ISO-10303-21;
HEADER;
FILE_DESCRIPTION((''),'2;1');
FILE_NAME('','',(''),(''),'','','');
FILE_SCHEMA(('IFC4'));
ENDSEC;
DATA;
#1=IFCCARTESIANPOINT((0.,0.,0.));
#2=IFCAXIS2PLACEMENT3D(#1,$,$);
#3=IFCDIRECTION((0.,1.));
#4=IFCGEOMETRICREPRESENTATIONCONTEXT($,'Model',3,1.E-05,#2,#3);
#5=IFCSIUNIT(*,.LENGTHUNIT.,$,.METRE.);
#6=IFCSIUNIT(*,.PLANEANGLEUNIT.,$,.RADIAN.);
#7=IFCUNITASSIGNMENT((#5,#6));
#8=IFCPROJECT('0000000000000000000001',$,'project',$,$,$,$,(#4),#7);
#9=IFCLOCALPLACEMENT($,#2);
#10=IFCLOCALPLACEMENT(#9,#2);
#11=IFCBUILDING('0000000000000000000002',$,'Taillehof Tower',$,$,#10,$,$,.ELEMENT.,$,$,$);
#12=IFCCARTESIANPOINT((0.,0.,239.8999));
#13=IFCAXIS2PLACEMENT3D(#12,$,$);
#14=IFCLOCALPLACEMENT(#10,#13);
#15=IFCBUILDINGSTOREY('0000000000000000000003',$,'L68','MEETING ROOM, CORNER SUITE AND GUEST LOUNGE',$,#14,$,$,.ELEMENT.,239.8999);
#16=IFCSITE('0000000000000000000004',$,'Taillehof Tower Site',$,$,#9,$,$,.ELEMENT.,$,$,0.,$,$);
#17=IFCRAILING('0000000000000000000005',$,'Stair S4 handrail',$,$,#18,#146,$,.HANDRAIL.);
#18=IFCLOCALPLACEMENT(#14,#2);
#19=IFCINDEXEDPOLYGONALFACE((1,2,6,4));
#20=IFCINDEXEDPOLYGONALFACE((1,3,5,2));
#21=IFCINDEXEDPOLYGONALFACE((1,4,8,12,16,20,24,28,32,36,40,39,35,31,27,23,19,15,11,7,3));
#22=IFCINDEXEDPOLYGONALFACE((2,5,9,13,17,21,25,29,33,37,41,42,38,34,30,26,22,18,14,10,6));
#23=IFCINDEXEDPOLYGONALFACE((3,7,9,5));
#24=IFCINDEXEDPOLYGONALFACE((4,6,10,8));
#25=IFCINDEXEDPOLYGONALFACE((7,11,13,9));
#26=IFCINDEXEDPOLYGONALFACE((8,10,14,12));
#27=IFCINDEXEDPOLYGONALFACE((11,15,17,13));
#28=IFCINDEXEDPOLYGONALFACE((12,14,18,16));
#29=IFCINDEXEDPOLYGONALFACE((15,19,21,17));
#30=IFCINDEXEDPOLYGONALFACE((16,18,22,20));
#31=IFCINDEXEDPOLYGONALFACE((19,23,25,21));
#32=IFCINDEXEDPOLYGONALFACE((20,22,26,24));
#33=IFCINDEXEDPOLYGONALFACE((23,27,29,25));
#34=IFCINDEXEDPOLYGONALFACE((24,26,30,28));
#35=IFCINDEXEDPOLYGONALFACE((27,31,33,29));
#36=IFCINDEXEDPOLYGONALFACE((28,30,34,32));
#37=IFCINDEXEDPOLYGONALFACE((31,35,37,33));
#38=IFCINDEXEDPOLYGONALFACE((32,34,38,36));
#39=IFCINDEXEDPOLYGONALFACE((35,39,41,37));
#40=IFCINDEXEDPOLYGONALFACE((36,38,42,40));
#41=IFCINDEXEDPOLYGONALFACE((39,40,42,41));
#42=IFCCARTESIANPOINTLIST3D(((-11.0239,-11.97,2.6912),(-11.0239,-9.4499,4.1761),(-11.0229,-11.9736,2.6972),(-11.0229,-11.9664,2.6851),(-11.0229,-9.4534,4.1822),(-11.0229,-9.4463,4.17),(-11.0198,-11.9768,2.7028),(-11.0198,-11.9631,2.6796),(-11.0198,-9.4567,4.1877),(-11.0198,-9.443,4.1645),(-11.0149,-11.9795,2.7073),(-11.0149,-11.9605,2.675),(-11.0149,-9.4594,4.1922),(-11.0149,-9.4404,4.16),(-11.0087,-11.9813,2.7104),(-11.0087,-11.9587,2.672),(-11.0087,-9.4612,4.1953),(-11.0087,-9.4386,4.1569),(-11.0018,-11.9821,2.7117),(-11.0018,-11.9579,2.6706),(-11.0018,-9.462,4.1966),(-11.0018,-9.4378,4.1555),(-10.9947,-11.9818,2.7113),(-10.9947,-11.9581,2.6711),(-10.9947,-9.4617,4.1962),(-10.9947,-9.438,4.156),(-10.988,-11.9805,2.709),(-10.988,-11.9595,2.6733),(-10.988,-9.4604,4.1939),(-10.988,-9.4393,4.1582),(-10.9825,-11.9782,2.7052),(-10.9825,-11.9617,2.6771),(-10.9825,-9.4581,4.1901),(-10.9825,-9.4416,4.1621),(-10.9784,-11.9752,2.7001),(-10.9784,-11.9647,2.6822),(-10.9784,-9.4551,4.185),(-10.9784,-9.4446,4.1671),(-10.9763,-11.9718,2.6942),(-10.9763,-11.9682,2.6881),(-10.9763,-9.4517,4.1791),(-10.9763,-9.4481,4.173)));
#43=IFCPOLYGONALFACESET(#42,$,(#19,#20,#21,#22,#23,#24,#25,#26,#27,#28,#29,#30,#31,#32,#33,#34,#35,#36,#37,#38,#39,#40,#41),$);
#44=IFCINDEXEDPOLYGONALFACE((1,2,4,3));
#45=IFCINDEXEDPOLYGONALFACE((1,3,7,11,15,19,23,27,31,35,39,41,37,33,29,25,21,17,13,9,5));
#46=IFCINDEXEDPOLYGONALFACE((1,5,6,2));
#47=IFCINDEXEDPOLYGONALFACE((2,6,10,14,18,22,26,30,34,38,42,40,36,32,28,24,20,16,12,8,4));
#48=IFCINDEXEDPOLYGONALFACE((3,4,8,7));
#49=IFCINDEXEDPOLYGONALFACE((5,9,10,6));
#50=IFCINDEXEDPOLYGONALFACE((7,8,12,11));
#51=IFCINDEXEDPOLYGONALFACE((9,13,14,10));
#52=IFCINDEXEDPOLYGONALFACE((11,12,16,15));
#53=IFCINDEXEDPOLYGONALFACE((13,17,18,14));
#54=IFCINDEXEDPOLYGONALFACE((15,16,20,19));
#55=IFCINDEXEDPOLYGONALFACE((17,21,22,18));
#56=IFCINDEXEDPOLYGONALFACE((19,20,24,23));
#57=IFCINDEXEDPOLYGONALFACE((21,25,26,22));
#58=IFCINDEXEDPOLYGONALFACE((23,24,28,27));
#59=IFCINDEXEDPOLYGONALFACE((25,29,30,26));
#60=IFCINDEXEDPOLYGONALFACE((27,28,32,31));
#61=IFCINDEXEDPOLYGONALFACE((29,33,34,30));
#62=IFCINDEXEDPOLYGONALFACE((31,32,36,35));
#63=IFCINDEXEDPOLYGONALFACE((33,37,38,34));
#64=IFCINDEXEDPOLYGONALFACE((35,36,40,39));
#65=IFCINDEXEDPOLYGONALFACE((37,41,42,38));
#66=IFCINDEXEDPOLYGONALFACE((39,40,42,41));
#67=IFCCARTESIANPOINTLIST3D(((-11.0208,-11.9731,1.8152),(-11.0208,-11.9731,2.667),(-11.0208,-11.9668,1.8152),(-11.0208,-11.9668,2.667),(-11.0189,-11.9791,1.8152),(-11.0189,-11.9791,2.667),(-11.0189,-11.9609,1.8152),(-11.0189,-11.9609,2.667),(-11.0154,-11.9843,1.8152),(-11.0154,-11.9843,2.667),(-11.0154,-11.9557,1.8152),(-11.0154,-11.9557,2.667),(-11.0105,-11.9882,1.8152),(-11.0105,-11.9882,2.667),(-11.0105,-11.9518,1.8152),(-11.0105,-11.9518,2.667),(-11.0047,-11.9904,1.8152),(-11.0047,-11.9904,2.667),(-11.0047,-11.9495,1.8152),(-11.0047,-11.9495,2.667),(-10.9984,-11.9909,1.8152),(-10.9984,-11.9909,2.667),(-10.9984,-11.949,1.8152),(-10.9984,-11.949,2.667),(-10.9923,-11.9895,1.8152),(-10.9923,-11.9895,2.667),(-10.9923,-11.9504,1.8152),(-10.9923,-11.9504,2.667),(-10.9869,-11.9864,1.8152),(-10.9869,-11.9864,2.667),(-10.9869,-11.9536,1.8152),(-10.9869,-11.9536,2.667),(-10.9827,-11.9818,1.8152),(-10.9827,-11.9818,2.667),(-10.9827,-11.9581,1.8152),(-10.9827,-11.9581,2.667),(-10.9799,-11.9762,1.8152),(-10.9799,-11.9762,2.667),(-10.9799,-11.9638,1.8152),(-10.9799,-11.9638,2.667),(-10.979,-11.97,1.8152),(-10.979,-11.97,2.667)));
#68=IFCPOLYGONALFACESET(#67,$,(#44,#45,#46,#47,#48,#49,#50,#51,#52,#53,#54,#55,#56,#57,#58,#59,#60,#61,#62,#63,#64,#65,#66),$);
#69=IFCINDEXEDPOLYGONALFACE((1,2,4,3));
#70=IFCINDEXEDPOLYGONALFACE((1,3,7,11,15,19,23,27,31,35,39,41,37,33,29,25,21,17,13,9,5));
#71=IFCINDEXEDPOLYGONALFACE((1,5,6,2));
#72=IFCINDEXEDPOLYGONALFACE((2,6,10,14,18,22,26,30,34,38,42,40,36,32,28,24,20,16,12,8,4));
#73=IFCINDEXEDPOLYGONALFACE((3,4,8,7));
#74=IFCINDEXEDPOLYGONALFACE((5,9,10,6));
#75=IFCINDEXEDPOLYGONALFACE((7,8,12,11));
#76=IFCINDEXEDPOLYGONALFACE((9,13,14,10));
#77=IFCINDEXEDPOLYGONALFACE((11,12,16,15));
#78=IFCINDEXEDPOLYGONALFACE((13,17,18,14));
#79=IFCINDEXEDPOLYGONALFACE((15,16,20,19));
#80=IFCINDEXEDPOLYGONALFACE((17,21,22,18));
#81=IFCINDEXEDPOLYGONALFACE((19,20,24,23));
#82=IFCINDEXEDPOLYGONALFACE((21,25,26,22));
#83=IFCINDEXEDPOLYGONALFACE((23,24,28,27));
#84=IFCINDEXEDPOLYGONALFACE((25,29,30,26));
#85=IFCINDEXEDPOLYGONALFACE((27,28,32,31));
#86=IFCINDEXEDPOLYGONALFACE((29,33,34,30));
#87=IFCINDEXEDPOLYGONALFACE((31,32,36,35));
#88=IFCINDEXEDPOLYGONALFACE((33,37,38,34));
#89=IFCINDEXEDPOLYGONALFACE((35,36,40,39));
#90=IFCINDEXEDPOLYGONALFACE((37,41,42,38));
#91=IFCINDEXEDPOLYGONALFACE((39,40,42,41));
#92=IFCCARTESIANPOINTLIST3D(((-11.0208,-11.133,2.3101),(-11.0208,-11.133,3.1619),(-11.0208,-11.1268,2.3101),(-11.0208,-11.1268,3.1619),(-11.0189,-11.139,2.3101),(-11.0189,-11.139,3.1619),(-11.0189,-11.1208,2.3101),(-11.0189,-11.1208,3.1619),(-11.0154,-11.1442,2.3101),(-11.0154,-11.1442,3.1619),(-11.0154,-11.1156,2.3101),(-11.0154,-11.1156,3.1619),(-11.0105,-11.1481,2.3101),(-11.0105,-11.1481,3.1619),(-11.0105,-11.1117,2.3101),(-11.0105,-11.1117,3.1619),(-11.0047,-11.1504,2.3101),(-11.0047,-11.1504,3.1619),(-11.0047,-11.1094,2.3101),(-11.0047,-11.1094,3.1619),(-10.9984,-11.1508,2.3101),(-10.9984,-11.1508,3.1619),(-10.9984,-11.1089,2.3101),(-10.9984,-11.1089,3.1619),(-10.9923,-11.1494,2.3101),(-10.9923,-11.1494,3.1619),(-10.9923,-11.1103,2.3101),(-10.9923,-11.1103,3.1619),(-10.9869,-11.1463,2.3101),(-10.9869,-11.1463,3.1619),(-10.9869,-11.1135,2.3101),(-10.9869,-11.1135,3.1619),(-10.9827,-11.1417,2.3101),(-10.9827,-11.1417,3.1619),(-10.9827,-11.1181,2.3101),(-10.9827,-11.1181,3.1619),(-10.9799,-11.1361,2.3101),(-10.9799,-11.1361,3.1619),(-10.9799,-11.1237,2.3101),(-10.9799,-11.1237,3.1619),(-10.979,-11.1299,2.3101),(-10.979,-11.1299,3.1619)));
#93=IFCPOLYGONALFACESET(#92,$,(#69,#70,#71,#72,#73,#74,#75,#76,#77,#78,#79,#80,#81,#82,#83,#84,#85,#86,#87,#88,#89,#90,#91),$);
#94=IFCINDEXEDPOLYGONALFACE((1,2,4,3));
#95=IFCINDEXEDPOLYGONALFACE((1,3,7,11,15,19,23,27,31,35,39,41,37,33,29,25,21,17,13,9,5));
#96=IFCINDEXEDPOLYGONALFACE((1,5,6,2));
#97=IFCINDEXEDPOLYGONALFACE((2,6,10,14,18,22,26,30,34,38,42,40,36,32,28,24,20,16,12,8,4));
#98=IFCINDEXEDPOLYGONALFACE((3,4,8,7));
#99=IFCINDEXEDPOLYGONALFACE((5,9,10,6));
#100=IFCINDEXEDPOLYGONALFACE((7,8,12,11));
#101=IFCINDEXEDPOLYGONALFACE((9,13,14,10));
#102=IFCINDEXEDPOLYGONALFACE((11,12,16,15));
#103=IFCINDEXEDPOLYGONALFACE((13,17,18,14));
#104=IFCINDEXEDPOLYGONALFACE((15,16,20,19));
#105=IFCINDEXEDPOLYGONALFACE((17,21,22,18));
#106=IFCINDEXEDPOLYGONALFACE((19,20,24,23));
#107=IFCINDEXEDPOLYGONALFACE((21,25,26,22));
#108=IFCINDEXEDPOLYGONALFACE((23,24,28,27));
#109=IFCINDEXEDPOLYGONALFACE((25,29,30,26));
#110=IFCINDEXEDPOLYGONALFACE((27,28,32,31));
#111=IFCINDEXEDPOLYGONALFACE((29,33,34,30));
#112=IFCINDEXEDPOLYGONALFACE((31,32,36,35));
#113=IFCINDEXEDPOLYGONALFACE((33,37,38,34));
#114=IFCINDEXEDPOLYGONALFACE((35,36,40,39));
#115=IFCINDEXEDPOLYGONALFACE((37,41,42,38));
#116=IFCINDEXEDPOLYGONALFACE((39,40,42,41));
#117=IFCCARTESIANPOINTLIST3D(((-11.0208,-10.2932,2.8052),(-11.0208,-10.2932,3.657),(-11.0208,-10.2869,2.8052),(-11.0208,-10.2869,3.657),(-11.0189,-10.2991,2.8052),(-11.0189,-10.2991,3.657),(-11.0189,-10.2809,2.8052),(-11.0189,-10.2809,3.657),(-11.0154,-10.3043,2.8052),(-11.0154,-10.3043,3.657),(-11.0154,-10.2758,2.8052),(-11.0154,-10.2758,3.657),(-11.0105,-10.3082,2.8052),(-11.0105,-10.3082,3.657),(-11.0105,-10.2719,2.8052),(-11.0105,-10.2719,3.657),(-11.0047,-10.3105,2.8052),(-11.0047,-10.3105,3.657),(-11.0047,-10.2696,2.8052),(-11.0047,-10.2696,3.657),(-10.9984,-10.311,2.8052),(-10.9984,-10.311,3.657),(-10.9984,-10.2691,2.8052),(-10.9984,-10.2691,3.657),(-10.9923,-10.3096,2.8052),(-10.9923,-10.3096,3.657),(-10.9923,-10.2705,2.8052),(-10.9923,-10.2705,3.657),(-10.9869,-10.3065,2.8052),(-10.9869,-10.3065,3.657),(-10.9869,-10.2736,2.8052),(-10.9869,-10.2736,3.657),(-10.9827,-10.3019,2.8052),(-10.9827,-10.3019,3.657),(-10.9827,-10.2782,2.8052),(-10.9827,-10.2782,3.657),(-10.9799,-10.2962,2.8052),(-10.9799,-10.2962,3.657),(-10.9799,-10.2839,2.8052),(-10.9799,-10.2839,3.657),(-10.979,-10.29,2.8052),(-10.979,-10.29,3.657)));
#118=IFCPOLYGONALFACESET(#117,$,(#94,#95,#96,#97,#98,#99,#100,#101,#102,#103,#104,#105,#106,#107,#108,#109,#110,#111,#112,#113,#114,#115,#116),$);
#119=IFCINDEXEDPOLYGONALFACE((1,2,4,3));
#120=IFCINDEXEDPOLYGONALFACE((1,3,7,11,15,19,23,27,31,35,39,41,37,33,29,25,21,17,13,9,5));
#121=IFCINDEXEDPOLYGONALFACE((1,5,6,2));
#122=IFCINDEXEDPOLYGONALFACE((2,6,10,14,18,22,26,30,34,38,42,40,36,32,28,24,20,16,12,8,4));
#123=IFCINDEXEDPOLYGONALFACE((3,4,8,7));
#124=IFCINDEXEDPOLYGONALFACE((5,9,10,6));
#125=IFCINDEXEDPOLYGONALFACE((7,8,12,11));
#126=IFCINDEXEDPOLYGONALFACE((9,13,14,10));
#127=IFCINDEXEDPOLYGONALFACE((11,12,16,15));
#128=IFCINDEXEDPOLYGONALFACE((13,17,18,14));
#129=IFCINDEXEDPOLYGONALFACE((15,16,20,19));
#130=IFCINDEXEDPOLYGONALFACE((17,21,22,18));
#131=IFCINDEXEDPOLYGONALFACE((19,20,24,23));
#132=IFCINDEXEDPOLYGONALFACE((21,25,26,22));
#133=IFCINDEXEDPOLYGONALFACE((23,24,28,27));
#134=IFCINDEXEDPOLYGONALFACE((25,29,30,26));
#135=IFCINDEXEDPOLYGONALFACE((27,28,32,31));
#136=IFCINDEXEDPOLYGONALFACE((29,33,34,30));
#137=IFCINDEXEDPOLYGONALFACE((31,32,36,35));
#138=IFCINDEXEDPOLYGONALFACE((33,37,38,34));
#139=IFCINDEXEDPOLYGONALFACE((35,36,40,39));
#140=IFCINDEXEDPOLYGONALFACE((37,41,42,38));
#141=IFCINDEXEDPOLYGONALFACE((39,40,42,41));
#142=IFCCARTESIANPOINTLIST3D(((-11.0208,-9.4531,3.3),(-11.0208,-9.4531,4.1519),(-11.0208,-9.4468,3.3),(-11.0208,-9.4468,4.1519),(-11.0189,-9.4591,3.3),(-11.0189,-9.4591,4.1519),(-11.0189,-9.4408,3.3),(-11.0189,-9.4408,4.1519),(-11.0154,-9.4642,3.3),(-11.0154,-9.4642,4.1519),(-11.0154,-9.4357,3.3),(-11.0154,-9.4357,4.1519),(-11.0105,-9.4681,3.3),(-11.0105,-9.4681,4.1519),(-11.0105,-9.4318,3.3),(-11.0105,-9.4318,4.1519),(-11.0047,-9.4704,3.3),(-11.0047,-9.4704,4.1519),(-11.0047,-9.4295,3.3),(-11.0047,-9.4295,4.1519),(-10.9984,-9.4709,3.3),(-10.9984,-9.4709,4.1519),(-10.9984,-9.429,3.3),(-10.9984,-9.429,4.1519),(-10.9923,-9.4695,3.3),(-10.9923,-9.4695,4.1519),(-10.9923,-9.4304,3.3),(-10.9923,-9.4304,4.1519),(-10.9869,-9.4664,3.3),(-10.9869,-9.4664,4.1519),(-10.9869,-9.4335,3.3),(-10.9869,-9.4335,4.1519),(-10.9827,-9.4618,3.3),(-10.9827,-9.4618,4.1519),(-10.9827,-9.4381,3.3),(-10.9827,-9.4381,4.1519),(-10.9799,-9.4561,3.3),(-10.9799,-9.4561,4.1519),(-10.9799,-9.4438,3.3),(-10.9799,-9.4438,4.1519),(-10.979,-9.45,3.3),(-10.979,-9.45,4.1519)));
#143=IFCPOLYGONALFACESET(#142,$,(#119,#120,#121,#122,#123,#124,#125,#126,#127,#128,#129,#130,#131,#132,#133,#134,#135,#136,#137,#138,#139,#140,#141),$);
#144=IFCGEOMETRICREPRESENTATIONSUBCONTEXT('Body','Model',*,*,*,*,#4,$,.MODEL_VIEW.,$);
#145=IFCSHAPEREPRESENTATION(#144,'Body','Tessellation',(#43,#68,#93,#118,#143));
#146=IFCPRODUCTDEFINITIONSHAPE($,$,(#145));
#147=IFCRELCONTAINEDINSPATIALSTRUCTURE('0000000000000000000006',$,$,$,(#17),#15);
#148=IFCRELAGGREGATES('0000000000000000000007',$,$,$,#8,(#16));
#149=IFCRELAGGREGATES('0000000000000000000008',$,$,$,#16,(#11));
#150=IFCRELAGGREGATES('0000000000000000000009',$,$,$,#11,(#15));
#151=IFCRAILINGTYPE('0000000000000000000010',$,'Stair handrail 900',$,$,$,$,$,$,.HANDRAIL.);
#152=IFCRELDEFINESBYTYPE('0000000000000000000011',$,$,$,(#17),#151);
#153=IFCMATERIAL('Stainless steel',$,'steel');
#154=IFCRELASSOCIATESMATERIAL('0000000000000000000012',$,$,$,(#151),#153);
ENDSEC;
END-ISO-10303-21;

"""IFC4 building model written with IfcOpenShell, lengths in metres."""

from ifc_helpers import new_model, si_unit, direction, frame, origin, origin_2d, place, context, subcontext, project, spatial, circle, extrude, material, type_object, element, save


model = new_model("IFC4")

# Units and contexts
model_context = context("Model", 3, precision=1e-05, world=origin(), true_north=direction((0.0, 1.0)))
body_context = subcontext(model_context, "Body", "Model", "MODEL_VIEW")
ifc_project = project(units=[si_unit("LENGTHUNIT", "METRE"), si_unit("PLANEANGLEUNIT", "RADIAN")], contexts=[model_context])

# Site, building, storey
site_placement = place(None, origin())
site = spatial("IfcSite", under=ifc_project, at=site_placement, Name="Taillehof Tower Site", CompositionType="ELEMENT", RefElevation=0.0)
building_placement = place(site_placement, origin())
building = spatial("IfcBuilding", under=site, at=building_placement, Name="Taillehof Tower", CompositionType="ELEMENT")
storey_placement = place(building_placement, frame((0.0, 0.0, 239.8999)))
storey = spatial("IfcBuildingStorey", under=building, at=storey_placement, Name="L68", Description="MEETING ROOM, CORNER SUITE AND GUEST LOUNGE", CompositionType="ELEMENT", Elevation=239.8999)

# Railing
ifc_material_1 = material(Name="Stainless steel", Category="steel")
railing_type = type_object("IfcRailingType", Name="Stair handrail 900", PredefinedType="HANDRAIL", material=ifc_material_1)
railing_placement = place(storey_placement, frame((-11.0, -11.97, 1.8152)))
element("IfcRailing", 1, at=railing_placement, inside=storey, type_object=railing_type, Name="Stair S4 handrail", PredefinedType="HANDRAIL", context=body_context, shape_type="SweptSolid", body=[
    extrude(circle(Radius=0.0239, at=origin_2d()), frame((0.0, 0.0, 0.876), z_axis=(0.0, 0.861561, 0.507655), x_axis=(-1.0, 0.0, 0.0)), (0.0, 0.0, 1.0), 2.925),
    extrude(circle(Radius=0.021, at=origin_2d()), origin(), (0.0, 0.0, 1.0), 0.8518),
    extrude(circle(Radius=0.021, at=origin_2d()), frame((0.0, 0.8401, 0.4949)), (0.0, 0.0, 1.0), 0.8518),
    extrude(circle(Radius=0.021, at=origin_2d()), frame((0.0, 1.6799, 0.99)), (0.0, 0.0, 1.0), 0.8518),
    extrude(circle(Radius=0.021, at=origin_2d()), frame((0.0, 2.52, 1.4849)), (0.0, 0.0, 1.0), 0.8518),
])

save(model, "model.ifc")
